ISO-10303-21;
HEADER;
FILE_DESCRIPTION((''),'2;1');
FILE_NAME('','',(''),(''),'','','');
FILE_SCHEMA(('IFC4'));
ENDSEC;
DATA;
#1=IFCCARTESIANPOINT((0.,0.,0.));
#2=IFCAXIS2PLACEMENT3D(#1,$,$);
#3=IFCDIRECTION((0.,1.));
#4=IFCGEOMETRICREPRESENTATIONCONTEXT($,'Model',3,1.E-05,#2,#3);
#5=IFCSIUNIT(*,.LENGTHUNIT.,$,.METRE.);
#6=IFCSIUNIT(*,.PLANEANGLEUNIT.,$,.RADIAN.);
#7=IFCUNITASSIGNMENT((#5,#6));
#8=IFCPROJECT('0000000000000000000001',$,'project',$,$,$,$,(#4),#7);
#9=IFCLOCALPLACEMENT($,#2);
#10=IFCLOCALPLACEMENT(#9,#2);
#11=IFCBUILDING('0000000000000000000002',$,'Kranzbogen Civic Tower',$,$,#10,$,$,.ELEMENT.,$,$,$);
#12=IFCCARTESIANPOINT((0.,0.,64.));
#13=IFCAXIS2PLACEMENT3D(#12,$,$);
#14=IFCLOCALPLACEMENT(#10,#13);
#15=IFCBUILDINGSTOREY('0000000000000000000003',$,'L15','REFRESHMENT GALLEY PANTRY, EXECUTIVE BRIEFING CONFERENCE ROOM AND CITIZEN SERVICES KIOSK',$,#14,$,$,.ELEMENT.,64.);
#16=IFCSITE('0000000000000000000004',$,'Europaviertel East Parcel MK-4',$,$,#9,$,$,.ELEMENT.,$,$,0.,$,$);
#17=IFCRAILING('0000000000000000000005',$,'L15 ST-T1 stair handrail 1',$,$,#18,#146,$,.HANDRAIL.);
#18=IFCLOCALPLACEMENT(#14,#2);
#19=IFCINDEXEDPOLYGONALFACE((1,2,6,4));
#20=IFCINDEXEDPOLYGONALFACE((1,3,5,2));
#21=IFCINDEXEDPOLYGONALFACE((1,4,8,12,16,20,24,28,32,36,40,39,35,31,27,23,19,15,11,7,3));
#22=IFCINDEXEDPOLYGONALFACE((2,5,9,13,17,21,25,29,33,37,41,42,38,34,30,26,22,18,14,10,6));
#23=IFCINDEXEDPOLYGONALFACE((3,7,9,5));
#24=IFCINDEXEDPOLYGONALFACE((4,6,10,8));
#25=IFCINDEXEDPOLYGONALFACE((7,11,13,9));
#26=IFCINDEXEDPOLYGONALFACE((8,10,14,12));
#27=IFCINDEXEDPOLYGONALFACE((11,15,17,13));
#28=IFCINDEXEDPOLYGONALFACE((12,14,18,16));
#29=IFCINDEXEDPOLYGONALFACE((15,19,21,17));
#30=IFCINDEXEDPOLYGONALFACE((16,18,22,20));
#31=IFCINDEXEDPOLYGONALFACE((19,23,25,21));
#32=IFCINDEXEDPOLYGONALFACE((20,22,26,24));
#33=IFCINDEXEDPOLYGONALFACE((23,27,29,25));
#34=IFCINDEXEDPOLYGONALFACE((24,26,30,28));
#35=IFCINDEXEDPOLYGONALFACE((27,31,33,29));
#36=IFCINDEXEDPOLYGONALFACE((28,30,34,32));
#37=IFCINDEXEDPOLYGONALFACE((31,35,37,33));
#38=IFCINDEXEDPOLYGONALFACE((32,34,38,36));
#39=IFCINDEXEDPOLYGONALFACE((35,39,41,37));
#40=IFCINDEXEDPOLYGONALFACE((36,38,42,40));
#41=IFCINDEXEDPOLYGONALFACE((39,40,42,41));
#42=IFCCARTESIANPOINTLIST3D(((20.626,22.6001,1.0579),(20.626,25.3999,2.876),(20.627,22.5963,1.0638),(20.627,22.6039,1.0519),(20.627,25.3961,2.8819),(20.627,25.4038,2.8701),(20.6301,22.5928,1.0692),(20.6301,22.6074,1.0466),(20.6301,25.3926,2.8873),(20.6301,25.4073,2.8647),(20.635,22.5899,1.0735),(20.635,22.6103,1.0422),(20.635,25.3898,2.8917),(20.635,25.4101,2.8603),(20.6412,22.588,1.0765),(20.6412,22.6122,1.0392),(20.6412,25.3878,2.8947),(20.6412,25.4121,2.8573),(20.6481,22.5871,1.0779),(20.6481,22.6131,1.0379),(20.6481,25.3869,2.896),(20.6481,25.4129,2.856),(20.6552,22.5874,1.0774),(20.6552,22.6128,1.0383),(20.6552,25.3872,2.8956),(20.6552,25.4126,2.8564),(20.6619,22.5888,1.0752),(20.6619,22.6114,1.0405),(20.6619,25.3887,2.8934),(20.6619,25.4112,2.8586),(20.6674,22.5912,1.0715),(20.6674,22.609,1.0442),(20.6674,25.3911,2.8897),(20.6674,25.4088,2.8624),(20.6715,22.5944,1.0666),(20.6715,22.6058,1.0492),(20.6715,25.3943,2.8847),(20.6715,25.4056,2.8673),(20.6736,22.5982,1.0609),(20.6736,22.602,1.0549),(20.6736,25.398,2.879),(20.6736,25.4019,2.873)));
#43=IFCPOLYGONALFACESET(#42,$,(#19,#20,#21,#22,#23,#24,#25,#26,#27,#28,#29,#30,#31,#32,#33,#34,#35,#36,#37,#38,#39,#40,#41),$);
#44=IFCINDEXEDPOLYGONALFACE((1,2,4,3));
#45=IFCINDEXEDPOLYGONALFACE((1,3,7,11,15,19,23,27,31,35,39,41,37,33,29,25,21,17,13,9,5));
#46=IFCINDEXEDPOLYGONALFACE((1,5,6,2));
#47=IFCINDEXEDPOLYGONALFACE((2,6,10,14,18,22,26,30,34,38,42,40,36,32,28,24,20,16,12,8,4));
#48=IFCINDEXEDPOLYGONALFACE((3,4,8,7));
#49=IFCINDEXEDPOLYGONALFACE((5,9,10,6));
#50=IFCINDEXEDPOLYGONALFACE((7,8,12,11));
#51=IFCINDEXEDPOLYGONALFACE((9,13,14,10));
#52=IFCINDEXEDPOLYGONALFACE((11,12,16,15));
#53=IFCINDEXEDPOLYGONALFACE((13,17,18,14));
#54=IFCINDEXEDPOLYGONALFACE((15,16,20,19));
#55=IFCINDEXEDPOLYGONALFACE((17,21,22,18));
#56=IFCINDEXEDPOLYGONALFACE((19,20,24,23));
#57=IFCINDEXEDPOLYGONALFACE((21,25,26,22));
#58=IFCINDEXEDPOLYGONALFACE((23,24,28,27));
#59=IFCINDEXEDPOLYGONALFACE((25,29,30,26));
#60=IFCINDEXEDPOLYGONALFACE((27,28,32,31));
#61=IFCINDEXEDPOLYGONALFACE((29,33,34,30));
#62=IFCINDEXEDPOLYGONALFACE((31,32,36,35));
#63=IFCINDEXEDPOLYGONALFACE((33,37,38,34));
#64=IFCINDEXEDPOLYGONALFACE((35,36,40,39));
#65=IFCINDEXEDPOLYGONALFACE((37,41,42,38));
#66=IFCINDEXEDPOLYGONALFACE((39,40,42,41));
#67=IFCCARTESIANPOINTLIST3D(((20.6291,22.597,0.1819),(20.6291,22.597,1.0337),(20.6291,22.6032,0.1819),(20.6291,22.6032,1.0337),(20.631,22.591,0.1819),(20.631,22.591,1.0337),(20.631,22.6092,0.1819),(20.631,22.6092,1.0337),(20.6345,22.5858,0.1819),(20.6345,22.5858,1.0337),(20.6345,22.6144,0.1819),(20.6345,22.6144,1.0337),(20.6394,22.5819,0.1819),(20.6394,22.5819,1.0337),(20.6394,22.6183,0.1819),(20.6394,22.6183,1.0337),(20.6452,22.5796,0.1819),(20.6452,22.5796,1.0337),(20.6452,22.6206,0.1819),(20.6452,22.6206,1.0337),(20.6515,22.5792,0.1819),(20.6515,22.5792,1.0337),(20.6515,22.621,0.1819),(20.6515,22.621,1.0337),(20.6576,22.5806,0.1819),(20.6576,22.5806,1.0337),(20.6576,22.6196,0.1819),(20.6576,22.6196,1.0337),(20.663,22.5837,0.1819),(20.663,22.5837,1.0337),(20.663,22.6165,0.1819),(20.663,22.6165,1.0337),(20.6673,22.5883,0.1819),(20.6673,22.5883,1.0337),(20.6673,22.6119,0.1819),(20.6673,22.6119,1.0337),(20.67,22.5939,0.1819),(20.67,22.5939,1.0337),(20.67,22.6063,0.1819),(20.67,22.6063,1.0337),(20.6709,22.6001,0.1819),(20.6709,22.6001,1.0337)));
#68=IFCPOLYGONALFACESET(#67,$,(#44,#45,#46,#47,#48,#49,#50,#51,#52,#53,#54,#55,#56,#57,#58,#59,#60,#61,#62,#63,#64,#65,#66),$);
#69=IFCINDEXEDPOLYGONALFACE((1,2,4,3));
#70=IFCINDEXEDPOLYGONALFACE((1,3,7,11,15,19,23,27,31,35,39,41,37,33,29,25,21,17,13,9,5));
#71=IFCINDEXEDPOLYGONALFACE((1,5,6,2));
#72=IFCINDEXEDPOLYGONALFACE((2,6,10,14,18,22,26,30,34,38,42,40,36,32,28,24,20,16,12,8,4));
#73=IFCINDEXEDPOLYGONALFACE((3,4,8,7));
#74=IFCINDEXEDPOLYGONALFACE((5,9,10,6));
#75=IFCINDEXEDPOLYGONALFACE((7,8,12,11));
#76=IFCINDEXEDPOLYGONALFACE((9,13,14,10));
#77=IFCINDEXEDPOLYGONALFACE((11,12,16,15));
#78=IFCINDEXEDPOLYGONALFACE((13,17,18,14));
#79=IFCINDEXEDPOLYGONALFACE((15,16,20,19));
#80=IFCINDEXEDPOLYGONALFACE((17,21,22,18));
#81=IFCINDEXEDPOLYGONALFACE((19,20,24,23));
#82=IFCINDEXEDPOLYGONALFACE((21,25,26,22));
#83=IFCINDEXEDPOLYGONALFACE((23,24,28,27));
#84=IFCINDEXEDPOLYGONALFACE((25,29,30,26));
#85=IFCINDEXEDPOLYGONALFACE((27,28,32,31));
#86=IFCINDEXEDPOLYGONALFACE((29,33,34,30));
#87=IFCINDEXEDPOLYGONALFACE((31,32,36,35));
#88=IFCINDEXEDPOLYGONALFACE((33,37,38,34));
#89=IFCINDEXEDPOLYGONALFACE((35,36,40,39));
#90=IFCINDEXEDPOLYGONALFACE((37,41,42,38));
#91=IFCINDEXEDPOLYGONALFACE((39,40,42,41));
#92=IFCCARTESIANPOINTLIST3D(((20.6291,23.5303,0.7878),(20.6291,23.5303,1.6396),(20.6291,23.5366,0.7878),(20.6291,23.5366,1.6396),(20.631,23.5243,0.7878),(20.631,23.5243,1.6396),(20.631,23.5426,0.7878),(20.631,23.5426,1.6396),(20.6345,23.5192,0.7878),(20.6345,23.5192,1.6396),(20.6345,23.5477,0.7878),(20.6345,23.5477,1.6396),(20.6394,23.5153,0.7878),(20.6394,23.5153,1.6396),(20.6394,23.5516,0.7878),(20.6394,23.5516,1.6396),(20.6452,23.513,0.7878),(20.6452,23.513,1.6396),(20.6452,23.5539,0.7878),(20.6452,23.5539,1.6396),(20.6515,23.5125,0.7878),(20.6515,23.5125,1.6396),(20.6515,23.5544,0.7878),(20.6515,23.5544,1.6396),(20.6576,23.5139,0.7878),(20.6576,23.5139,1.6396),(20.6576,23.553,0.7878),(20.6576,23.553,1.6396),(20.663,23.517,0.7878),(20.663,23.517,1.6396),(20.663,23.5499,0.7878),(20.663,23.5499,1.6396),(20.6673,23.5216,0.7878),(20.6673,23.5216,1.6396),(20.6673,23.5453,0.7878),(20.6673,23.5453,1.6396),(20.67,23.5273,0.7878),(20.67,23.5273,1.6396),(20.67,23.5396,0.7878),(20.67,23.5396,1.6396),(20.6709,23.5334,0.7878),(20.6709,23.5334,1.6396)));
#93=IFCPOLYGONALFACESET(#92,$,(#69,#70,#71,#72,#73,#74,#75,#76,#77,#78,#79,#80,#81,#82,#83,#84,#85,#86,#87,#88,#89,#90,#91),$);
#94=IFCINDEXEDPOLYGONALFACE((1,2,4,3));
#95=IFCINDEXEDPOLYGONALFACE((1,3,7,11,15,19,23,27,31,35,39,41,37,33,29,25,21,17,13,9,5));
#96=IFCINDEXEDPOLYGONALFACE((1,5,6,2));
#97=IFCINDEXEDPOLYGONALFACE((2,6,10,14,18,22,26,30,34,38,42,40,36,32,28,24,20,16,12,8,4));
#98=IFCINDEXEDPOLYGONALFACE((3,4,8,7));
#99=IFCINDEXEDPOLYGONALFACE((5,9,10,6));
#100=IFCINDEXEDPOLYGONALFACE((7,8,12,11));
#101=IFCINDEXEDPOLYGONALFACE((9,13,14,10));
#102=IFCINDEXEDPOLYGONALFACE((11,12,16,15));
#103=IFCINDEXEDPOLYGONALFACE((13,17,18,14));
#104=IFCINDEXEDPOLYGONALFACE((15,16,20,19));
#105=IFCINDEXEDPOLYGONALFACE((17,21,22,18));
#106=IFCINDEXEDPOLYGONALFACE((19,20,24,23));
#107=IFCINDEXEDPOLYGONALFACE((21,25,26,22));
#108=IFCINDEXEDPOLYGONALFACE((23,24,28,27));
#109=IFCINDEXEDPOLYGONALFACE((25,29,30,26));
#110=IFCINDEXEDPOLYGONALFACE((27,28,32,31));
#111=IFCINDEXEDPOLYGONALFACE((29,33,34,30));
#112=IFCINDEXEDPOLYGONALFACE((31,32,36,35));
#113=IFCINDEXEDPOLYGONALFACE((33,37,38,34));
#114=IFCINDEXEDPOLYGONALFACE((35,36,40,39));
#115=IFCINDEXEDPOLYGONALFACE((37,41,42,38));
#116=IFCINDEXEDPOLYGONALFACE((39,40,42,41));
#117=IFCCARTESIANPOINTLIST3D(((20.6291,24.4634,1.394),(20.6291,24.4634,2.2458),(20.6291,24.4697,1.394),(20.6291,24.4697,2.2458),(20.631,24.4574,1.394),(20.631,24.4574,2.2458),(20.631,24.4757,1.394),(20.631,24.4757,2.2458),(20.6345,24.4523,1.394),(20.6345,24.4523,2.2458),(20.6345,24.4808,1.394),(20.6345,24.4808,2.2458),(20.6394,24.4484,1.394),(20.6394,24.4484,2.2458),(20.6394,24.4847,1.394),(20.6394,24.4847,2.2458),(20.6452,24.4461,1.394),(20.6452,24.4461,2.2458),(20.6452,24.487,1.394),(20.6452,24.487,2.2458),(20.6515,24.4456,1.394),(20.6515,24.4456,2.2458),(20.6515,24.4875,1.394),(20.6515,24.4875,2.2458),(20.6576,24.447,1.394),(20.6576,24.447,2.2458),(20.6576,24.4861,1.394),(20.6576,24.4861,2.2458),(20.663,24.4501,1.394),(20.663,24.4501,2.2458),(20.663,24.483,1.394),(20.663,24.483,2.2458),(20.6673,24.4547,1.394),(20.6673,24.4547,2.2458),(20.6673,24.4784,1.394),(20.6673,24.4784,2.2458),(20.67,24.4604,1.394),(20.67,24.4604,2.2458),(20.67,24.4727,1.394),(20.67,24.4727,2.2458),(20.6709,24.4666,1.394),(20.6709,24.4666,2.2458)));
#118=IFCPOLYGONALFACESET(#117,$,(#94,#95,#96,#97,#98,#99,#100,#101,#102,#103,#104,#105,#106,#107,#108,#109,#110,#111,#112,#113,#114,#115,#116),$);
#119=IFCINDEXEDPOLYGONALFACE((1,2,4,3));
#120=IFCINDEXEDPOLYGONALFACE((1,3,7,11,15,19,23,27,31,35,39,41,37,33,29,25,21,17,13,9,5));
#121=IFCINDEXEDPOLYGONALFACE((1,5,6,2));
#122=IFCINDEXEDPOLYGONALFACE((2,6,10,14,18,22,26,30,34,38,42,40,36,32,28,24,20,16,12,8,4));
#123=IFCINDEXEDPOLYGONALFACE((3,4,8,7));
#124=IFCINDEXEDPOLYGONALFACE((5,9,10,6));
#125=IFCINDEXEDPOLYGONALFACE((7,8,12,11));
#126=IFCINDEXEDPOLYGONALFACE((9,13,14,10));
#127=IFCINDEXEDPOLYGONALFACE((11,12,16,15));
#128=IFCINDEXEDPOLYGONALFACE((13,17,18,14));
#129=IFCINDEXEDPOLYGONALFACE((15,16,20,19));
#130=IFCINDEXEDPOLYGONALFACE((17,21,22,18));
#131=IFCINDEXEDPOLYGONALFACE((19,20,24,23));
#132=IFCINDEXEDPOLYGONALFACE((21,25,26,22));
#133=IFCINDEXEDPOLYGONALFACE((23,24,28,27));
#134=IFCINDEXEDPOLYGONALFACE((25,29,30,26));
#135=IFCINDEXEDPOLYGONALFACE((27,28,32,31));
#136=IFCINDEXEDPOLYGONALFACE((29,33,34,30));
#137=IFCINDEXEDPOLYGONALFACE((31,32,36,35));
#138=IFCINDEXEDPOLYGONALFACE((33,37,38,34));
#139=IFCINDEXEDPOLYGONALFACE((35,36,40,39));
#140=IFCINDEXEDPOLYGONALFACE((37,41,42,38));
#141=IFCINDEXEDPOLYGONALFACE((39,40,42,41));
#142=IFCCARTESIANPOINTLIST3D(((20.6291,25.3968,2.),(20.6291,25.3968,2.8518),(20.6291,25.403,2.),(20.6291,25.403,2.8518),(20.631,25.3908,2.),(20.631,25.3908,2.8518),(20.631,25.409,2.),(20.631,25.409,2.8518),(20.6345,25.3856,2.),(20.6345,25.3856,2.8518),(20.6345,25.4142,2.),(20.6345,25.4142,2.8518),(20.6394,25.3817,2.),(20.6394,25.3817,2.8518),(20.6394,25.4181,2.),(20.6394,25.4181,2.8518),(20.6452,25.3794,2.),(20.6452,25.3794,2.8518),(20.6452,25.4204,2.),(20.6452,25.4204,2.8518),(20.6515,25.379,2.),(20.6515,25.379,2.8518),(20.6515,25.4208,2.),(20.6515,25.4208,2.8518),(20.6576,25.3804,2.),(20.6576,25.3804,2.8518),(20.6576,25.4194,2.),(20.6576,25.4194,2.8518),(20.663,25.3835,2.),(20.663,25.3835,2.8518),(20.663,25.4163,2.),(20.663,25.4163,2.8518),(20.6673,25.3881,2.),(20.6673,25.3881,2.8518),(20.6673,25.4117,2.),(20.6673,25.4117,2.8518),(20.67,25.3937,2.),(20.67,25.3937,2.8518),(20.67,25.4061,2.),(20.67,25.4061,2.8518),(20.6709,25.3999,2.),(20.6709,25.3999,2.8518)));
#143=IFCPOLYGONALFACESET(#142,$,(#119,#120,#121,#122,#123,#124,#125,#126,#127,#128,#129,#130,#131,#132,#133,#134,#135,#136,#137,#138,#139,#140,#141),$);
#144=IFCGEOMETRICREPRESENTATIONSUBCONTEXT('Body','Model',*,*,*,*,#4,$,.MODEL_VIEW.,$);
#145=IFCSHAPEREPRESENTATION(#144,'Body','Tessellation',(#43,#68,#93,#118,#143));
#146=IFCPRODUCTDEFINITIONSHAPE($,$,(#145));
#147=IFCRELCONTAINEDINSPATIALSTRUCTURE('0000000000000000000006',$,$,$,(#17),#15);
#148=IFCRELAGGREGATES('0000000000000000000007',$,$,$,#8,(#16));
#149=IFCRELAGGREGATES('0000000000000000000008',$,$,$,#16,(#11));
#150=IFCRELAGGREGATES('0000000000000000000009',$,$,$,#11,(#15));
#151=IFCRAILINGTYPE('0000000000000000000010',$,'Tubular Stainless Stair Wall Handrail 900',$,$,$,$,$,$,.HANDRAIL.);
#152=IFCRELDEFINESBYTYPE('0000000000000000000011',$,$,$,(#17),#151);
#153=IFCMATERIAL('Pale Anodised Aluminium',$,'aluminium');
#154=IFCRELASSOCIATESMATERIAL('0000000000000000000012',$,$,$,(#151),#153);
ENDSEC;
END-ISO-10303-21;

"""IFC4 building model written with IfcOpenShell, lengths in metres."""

from ifc_helpers import new_model, si_unit, direction, frame, origin, origin_2d, place, context, subcontext, project, spatial, circle, extrude, material, type_object, element, save


model = new_model("IFC4")

# Units and contexts
model_context = context("Model", 3, precision=1e-05, world=origin(), true_north=direction((0.0, 1.0)))
body_context = subcontext(model_context, "Body", "Model", "MODEL_VIEW")
ifc_project = project(units=[si_unit("LENGTHUNIT", "METRE"), si_unit("PLANEANGLEUNIT", "RADIAN")], contexts=[model_context])

# Site, building, storey
site_placement = place(None, origin())
site = spatial("IfcSite", under=ifc_project, at=site_placement, Name="Europaviertel East Parcel MK-4", CompositionType="ELEMENT", RefElevation=0.0)
building_placement = place(site_placement, origin())
building = spatial("IfcBuilding", under=site, at=building_placement, Name="Kranzbogen Civic Tower", CompositionType="ELEMENT")
storey_placement = place(building_placement, frame((0.0, 0.0, 64.0)))
storey = spatial("IfcBuildingStorey", under=building, at=storey_placement, Name="L15", Description="REFRESHMENT GALLEY PANTRY, EXECUTIVE BRIEFING CONFERENCE ROOM AND CITIZEN SERVICES KIOSK", CompositionType="ELEMENT", Elevation=64.0)

# Shared definitions
ifc_material_1 = material(Name="Pale Anodised Aluminium", Category="aluminium")

# Railing
railing_type_1 = type_object("IfcRailingType", Name="Tubular Stainless Stair Wall Handrail 900", PredefinedType="HANDRAIL", material=ifc_material_1)
railing_1_placement = place(storey_placement, frame((20.6499, 22.6001, 0.1819)))
element("IfcRailing", 1, at=railing_1_placement, inside=storey, type_object=railing_type_1, Name="L15 ST-T1 stair handrail 1", PredefinedType="HANDRAIL", context=body_context, shape_type="SweptSolid", body=[
    extrude(circle(Radius=0.0239, at=origin_2d()), frame((0.0, 0.0, 0.876), z_axis=(0.0, 0.838684, 0.544618), x_axis=(-1.0, 0.0, 0.0)), (0.0, 0.0, 1.0), 3.3384),
    extrude(circle(Radius=0.021, at=origin_2d()), origin(), (0.0, 0.0, 1.0), 0.8518),
    extrude(circle(Radius=0.021, at=origin_2d()), frame((0.0, 0.9333, 0.606)), (0.0, 0.0, 1.0), 0.8518),
    extrude(circle(Radius=0.021, at=origin_2d()), frame((0.0, 1.8665, 1.2122)), (0.0, 0.0, 1.0), 0.8518),
    extrude(circle(Radius=0.021, at=origin_2d()), frame((0.0, 2.7998, 1.8181)), (0.0, 0.0, 1.0), 0.8518),
])

save(model, "model.ifc")
